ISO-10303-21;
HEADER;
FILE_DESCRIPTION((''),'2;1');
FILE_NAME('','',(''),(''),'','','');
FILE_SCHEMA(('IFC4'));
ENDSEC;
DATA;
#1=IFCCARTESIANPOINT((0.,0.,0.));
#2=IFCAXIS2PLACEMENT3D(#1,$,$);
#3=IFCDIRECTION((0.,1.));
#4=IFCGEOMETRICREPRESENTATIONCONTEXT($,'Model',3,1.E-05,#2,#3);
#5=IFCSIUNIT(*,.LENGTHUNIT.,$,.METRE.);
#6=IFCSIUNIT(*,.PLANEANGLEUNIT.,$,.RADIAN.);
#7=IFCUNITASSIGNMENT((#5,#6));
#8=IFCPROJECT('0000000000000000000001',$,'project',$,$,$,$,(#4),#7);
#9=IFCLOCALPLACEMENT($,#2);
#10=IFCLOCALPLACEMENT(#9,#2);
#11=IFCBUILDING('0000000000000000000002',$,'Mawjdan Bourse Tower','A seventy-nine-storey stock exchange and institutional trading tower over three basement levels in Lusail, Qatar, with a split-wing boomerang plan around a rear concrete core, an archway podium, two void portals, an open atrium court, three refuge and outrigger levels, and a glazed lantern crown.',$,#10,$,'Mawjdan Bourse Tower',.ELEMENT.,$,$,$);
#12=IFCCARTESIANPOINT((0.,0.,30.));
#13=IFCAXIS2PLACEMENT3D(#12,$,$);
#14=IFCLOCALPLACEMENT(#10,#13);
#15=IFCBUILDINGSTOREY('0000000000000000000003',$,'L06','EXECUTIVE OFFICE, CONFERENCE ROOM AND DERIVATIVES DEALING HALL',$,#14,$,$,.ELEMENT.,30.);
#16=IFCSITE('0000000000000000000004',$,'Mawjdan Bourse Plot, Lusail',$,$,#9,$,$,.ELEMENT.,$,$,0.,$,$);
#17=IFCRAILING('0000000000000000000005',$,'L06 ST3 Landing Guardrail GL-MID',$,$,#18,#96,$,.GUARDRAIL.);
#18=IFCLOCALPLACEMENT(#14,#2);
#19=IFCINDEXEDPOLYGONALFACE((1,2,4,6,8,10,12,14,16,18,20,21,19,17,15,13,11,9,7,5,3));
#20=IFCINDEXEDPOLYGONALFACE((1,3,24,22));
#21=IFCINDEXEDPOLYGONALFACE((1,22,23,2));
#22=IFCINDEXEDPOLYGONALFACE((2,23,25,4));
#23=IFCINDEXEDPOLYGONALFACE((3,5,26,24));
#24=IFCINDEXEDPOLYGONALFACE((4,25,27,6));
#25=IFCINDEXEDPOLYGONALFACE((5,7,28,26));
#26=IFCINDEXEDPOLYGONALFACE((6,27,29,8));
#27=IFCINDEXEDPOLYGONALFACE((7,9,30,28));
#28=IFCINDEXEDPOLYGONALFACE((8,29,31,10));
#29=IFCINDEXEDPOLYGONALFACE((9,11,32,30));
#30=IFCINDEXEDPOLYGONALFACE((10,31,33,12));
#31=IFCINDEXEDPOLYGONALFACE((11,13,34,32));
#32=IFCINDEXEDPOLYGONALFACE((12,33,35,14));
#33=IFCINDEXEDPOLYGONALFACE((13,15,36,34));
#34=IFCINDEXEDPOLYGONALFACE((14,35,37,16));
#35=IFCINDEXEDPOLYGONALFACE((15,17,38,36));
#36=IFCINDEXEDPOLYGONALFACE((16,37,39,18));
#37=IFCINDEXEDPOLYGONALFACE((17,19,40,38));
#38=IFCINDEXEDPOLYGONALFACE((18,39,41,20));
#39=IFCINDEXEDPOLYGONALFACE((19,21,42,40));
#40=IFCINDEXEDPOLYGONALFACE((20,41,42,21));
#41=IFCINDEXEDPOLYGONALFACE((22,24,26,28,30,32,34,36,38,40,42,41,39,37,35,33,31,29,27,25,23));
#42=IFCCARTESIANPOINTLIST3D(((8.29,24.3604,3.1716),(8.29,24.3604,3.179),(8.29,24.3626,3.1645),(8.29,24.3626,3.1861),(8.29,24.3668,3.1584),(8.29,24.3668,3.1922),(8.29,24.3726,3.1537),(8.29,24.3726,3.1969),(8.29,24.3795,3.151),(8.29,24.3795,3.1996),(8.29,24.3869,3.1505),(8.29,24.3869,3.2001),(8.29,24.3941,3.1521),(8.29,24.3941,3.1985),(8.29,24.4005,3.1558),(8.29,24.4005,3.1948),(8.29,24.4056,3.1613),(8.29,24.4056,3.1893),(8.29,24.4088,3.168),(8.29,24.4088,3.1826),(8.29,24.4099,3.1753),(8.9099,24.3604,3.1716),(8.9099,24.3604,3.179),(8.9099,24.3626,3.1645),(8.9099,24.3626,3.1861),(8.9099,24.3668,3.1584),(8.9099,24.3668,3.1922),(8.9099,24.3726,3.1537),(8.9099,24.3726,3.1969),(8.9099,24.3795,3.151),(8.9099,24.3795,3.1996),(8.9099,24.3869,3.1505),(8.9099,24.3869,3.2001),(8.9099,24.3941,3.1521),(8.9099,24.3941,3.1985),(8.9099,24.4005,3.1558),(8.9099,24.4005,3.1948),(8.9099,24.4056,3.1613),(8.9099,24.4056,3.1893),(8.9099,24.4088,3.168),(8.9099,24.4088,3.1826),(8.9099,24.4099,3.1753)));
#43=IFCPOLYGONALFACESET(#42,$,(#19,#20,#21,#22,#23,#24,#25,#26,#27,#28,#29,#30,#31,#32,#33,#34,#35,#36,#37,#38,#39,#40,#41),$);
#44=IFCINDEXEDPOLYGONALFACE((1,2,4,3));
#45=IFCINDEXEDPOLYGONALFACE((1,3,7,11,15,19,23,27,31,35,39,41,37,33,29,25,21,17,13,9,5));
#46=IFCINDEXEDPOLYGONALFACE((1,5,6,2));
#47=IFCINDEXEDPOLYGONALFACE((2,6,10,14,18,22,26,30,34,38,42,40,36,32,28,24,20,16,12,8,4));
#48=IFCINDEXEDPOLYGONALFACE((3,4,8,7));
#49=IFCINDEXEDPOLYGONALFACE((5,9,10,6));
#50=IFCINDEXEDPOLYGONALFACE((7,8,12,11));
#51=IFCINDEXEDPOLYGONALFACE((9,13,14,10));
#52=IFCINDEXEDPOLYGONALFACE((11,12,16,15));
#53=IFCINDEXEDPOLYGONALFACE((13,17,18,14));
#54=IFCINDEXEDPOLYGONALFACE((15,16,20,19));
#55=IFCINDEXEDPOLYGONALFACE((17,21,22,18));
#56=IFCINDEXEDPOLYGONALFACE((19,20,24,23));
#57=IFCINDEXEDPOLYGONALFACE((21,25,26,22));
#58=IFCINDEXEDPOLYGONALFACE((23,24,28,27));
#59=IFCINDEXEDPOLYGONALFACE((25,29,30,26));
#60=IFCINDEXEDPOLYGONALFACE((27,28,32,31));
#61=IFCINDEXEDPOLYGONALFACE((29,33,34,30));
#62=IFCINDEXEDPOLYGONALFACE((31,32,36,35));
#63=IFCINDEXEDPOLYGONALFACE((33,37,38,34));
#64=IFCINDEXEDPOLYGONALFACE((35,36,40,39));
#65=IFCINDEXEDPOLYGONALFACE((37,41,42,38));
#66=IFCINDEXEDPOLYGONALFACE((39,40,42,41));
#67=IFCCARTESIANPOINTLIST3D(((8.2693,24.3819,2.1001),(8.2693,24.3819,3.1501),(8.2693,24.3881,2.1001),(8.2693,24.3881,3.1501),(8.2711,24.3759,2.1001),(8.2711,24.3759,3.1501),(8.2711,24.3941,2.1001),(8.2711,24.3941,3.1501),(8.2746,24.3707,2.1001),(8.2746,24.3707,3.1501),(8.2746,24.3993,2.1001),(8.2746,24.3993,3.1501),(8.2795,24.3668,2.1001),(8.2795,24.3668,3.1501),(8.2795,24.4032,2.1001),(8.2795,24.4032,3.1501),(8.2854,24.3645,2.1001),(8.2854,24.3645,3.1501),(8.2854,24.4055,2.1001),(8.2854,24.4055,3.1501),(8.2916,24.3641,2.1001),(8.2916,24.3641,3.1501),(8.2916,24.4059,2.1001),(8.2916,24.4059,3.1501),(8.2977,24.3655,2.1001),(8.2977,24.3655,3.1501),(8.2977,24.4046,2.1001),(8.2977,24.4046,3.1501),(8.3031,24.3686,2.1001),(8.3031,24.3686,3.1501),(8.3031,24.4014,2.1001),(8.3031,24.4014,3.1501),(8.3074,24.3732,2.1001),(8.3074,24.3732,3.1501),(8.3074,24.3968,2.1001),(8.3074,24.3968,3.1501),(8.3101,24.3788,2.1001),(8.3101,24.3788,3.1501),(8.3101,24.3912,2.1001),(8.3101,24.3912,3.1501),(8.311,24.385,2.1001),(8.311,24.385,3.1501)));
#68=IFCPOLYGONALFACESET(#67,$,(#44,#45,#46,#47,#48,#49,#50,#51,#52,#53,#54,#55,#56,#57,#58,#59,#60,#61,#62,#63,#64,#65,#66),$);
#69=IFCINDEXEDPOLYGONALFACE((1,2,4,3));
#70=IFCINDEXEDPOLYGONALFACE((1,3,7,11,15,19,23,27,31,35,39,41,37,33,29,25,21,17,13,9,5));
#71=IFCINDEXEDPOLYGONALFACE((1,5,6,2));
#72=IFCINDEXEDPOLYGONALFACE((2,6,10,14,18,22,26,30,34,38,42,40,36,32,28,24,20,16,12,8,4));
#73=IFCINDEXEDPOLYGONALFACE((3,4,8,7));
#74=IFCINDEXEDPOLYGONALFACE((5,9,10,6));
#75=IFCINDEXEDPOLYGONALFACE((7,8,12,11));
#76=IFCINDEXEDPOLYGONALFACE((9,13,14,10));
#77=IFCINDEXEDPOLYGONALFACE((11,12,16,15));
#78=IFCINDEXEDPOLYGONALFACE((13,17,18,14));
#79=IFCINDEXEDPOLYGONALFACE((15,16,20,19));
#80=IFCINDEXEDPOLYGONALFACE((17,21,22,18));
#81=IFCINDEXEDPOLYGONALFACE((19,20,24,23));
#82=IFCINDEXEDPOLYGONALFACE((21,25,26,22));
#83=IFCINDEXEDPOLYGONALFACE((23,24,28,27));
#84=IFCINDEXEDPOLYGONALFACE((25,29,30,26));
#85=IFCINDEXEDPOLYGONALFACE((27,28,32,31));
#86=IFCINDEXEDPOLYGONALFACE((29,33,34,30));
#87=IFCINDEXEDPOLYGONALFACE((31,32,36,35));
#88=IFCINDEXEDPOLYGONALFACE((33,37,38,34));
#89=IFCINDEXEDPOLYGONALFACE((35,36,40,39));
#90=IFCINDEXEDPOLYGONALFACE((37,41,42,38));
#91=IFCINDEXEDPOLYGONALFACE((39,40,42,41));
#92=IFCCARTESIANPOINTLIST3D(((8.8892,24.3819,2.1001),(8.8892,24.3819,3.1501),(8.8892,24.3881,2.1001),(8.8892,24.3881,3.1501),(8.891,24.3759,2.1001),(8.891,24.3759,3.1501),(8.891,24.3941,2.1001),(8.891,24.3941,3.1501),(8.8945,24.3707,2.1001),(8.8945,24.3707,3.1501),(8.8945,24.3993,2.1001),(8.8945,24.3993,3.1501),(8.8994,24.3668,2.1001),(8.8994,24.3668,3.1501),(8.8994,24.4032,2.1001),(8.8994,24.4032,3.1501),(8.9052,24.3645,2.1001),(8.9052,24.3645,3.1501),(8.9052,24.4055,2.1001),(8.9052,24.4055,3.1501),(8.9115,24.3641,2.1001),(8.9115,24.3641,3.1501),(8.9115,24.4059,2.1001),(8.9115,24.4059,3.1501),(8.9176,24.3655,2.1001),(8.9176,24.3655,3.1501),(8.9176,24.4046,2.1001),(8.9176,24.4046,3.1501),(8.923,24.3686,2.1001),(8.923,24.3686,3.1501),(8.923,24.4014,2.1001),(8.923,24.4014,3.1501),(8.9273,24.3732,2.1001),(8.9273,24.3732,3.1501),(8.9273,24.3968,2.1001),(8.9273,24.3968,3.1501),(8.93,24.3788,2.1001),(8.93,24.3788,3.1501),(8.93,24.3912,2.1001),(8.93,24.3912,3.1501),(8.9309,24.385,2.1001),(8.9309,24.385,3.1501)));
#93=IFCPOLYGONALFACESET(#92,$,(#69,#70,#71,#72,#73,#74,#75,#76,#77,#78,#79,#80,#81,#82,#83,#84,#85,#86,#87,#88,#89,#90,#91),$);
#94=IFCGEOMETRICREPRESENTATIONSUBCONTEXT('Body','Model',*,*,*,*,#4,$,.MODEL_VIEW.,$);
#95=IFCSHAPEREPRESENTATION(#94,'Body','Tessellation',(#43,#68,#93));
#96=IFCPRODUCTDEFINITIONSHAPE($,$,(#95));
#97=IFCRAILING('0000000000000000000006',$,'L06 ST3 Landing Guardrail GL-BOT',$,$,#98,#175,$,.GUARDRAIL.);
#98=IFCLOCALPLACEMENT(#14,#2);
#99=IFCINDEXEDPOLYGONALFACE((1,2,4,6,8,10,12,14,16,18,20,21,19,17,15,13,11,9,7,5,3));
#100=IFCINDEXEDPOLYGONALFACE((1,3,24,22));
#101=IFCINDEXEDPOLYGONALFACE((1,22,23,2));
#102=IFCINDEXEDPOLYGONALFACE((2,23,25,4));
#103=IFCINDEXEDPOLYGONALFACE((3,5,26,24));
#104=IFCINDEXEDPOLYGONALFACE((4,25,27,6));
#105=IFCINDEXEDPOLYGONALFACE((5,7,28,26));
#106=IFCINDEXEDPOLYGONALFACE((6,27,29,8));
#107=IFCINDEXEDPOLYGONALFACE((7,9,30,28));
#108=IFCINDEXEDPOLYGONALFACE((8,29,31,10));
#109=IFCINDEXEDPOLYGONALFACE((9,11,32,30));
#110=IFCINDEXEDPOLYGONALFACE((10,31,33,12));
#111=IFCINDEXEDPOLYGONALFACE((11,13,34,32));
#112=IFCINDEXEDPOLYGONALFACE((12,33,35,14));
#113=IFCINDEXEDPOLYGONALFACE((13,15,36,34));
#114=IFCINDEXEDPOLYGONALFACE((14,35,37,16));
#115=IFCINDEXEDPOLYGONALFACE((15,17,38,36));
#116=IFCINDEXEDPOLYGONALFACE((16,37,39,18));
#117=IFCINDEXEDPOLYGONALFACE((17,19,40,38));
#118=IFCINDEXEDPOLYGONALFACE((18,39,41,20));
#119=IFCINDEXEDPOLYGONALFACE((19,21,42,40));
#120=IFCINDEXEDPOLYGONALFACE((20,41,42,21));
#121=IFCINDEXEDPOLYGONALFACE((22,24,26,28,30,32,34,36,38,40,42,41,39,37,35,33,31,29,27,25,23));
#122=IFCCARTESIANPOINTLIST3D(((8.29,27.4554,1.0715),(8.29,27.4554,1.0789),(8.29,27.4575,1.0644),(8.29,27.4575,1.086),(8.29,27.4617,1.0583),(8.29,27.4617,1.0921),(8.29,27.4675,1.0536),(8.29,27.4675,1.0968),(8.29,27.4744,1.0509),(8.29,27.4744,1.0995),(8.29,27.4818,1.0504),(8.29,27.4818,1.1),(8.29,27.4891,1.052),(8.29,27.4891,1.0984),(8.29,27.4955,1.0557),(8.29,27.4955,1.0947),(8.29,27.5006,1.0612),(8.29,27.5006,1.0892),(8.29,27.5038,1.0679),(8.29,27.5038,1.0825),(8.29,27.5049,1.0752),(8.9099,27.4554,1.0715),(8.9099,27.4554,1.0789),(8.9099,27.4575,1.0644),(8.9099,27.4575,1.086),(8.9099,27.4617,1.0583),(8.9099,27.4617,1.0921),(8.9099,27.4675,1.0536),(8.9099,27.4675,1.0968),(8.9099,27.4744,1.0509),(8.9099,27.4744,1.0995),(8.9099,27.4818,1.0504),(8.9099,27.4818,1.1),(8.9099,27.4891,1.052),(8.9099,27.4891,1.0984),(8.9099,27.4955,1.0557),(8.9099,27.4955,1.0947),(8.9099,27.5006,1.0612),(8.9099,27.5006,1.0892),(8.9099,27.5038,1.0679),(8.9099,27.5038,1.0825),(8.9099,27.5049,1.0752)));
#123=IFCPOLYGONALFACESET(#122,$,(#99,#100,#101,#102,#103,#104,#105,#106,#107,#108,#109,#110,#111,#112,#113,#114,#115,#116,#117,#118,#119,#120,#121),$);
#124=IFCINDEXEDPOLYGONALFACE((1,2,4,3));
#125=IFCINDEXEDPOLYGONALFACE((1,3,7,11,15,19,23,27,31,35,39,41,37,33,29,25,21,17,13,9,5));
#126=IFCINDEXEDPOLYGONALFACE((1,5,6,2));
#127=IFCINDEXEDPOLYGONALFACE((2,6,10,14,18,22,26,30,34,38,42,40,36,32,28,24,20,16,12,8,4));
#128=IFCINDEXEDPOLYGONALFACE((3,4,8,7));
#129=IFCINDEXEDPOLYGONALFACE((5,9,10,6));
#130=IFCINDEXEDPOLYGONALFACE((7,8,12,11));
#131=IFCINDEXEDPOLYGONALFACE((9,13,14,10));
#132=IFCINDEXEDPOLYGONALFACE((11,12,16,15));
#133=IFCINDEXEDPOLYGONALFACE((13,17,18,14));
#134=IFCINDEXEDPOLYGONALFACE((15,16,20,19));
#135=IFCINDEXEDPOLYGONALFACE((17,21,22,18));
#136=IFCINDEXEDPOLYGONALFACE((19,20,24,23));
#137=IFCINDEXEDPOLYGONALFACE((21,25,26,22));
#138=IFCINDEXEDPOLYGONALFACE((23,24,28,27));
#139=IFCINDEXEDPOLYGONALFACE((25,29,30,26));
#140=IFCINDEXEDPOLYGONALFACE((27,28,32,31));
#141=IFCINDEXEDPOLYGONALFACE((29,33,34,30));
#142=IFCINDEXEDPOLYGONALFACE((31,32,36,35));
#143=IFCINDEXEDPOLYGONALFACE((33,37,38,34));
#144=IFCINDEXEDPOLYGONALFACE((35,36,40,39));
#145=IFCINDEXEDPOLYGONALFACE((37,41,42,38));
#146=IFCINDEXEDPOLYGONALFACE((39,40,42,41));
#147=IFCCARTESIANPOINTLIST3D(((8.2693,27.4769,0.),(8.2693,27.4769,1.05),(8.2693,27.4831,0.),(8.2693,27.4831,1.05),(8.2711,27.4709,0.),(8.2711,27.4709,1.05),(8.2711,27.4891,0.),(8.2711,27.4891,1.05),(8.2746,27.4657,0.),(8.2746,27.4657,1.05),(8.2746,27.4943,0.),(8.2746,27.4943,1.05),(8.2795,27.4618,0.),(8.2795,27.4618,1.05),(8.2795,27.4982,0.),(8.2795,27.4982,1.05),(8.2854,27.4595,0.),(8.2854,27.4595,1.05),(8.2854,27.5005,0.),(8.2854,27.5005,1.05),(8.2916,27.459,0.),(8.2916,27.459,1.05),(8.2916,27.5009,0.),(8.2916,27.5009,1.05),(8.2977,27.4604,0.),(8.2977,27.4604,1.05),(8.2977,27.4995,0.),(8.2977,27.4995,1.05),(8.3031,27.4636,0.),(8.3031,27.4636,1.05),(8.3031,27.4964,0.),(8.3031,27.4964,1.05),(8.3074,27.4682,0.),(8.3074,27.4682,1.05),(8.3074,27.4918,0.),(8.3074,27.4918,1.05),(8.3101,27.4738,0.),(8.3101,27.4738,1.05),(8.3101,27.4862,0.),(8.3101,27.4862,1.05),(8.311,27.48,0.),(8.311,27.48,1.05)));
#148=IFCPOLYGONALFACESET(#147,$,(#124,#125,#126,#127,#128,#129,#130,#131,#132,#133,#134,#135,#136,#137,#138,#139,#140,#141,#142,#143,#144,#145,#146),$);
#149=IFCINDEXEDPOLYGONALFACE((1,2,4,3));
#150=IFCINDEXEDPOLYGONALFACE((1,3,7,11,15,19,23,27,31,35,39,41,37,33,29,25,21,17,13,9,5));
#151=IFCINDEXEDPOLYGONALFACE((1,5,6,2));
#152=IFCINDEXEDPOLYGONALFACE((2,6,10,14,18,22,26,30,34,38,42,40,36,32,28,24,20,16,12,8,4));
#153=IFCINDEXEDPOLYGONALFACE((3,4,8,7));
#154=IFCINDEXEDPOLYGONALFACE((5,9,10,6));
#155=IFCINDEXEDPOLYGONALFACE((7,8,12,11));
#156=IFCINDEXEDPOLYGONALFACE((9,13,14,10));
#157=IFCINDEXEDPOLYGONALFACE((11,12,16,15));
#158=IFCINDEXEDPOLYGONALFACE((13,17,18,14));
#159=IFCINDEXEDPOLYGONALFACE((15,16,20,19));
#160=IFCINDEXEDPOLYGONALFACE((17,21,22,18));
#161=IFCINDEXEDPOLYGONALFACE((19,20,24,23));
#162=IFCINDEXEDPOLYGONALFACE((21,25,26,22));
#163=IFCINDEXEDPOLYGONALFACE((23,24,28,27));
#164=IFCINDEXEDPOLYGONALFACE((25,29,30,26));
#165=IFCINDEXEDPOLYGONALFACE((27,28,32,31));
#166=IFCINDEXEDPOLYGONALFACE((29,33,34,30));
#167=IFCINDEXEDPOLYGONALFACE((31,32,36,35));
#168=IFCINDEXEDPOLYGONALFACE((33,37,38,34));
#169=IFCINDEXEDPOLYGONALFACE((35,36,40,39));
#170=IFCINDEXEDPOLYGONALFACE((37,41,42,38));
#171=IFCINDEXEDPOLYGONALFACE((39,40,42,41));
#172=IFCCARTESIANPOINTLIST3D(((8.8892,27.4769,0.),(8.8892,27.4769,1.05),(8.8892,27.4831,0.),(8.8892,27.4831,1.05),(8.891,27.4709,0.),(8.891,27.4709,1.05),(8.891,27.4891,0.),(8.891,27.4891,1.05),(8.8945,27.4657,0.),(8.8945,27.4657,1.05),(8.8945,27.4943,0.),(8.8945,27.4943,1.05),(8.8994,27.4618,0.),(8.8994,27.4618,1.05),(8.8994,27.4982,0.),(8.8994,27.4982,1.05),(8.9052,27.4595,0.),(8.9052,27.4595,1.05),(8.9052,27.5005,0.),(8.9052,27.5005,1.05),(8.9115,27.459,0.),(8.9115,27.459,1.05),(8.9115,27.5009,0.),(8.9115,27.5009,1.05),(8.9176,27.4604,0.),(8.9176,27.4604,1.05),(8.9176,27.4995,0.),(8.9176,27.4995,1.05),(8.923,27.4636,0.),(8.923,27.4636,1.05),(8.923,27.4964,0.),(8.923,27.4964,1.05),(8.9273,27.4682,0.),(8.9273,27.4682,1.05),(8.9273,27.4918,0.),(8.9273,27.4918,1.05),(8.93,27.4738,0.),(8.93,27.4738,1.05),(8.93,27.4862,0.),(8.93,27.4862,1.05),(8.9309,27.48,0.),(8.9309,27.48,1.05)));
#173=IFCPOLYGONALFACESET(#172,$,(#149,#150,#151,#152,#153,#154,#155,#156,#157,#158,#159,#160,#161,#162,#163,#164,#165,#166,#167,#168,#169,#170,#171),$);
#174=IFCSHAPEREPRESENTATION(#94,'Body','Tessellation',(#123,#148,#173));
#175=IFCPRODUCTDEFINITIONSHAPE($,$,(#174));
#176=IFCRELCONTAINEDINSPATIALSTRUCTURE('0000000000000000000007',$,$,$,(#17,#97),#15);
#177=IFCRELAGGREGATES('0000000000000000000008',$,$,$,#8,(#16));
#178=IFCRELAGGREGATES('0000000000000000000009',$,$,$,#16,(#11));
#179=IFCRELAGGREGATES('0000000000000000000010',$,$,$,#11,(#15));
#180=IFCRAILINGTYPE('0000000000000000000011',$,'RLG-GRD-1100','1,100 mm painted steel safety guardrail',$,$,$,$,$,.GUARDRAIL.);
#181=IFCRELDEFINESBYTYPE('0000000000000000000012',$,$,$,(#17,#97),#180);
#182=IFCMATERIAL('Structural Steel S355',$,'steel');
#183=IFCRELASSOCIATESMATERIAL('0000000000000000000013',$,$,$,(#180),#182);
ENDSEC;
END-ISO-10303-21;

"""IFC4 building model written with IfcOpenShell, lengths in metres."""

from ifc_helpers import new_model, si_unit, direction, frame, origin, origin_2d, place, context, subcontext, project, spatial, circle, extrude, material, type_object, element, save


model = new_model("IFC4")

# Units and contexts
model_context = context("Model", 3, precision=1e-05, world=origin(), true_north=direction((0.0, 1.0)))
body_context = subcontext(model_context, "Body", "Model", "MODEL_VIEW")
ifc_project = project(units=[si_unit("LENGTHUNIT", "METRE"), si_unit("PLANEANGLEUNIT", "RADIAN")], contexts=[model_context])

# Site, building, storey
site_placement = place(None, origin())
site = spatial("IfcSite", under=ifc_project, at=site_placement, Name="Mawjdan Bourse Plot, Lusail", CompositionType="ELEMENT", RefElevation=0.0)
building_placement = place(site_placement, origin())
building = spatial("IfcBuilding", under=site, at=building_placement, Name="Mawjdan Bourse Tower", Description="A seventy-nine-storey stock exchange and institutional trading tower over three basement levels in Lusail, Qatar, with a split-wing boomerang plan around a rear concrete core, an archway podium, two void portals, an open atrium court, three refuge and outrigger levels, and a glazed lantern crown.", LongName="Mawjdan Bourse Tower", CompositionType="ELEMENT")
storey_placement = place(building_placement, frame((0.0, 0.0, 30.0)))
storey = spatial("IfcBuildingStorey", under=building, at=storey_placement, Name="L06", Description="EXECUTIVE OFFICE, CONFERENCE ROOM AND DERIVATIVES DEALING HALL", CompositionType="ELEMENT", Elevation=30.0)

# Shared definitions
ifc_material_1 = material(Name="Structural Steel S355", Category="steel")

# Railings
railing_type_1 = type_object("IfcRailingType", Name="RLG-GRD-1100", Description="1,100 mm painted steel safety guardrail", PredefinedType="GUARDRAIL", material=ifc_material_1)
for number, where, name in (
    (1, (8.29, 24.385, 2.1001), "L06 ST3 Landing Guardrail GL-MID"),
    (2, (8.29, 27.48, 0.0), "L06 ST3 Landing Guardrail GL-BOT"),
):
    element("IfcRailing", number, at=place(storey_placement, frame(where)), inside=storey, type_object=railing_type_1, Name=name, PredefinedType="GUARDRAIL", context=body_context, shape_type="SweptSolid", body=[
        extrude(circle(Radius=0.0249, at=origin_2d()), frame((0.0, 0.0, 1.0752), z_axis=(1.0, 0.0, 0.0), x_axis=(0.0, 1.0, 0.0)), (0.0, 0.0, 1.0), 0.6199),
        extrude(circle(Radius=0.021, at=origin_2d()), origin(), (0.0, 0.0, 1.0), 1.05),
        extrude(circle(Radius=0.021, at=origin_2d()), frame((0.6199, 0.0, 0.0)), (0.0, 0.0, 1.0), 1.05),
    ])

save(model, "model.ifc")
